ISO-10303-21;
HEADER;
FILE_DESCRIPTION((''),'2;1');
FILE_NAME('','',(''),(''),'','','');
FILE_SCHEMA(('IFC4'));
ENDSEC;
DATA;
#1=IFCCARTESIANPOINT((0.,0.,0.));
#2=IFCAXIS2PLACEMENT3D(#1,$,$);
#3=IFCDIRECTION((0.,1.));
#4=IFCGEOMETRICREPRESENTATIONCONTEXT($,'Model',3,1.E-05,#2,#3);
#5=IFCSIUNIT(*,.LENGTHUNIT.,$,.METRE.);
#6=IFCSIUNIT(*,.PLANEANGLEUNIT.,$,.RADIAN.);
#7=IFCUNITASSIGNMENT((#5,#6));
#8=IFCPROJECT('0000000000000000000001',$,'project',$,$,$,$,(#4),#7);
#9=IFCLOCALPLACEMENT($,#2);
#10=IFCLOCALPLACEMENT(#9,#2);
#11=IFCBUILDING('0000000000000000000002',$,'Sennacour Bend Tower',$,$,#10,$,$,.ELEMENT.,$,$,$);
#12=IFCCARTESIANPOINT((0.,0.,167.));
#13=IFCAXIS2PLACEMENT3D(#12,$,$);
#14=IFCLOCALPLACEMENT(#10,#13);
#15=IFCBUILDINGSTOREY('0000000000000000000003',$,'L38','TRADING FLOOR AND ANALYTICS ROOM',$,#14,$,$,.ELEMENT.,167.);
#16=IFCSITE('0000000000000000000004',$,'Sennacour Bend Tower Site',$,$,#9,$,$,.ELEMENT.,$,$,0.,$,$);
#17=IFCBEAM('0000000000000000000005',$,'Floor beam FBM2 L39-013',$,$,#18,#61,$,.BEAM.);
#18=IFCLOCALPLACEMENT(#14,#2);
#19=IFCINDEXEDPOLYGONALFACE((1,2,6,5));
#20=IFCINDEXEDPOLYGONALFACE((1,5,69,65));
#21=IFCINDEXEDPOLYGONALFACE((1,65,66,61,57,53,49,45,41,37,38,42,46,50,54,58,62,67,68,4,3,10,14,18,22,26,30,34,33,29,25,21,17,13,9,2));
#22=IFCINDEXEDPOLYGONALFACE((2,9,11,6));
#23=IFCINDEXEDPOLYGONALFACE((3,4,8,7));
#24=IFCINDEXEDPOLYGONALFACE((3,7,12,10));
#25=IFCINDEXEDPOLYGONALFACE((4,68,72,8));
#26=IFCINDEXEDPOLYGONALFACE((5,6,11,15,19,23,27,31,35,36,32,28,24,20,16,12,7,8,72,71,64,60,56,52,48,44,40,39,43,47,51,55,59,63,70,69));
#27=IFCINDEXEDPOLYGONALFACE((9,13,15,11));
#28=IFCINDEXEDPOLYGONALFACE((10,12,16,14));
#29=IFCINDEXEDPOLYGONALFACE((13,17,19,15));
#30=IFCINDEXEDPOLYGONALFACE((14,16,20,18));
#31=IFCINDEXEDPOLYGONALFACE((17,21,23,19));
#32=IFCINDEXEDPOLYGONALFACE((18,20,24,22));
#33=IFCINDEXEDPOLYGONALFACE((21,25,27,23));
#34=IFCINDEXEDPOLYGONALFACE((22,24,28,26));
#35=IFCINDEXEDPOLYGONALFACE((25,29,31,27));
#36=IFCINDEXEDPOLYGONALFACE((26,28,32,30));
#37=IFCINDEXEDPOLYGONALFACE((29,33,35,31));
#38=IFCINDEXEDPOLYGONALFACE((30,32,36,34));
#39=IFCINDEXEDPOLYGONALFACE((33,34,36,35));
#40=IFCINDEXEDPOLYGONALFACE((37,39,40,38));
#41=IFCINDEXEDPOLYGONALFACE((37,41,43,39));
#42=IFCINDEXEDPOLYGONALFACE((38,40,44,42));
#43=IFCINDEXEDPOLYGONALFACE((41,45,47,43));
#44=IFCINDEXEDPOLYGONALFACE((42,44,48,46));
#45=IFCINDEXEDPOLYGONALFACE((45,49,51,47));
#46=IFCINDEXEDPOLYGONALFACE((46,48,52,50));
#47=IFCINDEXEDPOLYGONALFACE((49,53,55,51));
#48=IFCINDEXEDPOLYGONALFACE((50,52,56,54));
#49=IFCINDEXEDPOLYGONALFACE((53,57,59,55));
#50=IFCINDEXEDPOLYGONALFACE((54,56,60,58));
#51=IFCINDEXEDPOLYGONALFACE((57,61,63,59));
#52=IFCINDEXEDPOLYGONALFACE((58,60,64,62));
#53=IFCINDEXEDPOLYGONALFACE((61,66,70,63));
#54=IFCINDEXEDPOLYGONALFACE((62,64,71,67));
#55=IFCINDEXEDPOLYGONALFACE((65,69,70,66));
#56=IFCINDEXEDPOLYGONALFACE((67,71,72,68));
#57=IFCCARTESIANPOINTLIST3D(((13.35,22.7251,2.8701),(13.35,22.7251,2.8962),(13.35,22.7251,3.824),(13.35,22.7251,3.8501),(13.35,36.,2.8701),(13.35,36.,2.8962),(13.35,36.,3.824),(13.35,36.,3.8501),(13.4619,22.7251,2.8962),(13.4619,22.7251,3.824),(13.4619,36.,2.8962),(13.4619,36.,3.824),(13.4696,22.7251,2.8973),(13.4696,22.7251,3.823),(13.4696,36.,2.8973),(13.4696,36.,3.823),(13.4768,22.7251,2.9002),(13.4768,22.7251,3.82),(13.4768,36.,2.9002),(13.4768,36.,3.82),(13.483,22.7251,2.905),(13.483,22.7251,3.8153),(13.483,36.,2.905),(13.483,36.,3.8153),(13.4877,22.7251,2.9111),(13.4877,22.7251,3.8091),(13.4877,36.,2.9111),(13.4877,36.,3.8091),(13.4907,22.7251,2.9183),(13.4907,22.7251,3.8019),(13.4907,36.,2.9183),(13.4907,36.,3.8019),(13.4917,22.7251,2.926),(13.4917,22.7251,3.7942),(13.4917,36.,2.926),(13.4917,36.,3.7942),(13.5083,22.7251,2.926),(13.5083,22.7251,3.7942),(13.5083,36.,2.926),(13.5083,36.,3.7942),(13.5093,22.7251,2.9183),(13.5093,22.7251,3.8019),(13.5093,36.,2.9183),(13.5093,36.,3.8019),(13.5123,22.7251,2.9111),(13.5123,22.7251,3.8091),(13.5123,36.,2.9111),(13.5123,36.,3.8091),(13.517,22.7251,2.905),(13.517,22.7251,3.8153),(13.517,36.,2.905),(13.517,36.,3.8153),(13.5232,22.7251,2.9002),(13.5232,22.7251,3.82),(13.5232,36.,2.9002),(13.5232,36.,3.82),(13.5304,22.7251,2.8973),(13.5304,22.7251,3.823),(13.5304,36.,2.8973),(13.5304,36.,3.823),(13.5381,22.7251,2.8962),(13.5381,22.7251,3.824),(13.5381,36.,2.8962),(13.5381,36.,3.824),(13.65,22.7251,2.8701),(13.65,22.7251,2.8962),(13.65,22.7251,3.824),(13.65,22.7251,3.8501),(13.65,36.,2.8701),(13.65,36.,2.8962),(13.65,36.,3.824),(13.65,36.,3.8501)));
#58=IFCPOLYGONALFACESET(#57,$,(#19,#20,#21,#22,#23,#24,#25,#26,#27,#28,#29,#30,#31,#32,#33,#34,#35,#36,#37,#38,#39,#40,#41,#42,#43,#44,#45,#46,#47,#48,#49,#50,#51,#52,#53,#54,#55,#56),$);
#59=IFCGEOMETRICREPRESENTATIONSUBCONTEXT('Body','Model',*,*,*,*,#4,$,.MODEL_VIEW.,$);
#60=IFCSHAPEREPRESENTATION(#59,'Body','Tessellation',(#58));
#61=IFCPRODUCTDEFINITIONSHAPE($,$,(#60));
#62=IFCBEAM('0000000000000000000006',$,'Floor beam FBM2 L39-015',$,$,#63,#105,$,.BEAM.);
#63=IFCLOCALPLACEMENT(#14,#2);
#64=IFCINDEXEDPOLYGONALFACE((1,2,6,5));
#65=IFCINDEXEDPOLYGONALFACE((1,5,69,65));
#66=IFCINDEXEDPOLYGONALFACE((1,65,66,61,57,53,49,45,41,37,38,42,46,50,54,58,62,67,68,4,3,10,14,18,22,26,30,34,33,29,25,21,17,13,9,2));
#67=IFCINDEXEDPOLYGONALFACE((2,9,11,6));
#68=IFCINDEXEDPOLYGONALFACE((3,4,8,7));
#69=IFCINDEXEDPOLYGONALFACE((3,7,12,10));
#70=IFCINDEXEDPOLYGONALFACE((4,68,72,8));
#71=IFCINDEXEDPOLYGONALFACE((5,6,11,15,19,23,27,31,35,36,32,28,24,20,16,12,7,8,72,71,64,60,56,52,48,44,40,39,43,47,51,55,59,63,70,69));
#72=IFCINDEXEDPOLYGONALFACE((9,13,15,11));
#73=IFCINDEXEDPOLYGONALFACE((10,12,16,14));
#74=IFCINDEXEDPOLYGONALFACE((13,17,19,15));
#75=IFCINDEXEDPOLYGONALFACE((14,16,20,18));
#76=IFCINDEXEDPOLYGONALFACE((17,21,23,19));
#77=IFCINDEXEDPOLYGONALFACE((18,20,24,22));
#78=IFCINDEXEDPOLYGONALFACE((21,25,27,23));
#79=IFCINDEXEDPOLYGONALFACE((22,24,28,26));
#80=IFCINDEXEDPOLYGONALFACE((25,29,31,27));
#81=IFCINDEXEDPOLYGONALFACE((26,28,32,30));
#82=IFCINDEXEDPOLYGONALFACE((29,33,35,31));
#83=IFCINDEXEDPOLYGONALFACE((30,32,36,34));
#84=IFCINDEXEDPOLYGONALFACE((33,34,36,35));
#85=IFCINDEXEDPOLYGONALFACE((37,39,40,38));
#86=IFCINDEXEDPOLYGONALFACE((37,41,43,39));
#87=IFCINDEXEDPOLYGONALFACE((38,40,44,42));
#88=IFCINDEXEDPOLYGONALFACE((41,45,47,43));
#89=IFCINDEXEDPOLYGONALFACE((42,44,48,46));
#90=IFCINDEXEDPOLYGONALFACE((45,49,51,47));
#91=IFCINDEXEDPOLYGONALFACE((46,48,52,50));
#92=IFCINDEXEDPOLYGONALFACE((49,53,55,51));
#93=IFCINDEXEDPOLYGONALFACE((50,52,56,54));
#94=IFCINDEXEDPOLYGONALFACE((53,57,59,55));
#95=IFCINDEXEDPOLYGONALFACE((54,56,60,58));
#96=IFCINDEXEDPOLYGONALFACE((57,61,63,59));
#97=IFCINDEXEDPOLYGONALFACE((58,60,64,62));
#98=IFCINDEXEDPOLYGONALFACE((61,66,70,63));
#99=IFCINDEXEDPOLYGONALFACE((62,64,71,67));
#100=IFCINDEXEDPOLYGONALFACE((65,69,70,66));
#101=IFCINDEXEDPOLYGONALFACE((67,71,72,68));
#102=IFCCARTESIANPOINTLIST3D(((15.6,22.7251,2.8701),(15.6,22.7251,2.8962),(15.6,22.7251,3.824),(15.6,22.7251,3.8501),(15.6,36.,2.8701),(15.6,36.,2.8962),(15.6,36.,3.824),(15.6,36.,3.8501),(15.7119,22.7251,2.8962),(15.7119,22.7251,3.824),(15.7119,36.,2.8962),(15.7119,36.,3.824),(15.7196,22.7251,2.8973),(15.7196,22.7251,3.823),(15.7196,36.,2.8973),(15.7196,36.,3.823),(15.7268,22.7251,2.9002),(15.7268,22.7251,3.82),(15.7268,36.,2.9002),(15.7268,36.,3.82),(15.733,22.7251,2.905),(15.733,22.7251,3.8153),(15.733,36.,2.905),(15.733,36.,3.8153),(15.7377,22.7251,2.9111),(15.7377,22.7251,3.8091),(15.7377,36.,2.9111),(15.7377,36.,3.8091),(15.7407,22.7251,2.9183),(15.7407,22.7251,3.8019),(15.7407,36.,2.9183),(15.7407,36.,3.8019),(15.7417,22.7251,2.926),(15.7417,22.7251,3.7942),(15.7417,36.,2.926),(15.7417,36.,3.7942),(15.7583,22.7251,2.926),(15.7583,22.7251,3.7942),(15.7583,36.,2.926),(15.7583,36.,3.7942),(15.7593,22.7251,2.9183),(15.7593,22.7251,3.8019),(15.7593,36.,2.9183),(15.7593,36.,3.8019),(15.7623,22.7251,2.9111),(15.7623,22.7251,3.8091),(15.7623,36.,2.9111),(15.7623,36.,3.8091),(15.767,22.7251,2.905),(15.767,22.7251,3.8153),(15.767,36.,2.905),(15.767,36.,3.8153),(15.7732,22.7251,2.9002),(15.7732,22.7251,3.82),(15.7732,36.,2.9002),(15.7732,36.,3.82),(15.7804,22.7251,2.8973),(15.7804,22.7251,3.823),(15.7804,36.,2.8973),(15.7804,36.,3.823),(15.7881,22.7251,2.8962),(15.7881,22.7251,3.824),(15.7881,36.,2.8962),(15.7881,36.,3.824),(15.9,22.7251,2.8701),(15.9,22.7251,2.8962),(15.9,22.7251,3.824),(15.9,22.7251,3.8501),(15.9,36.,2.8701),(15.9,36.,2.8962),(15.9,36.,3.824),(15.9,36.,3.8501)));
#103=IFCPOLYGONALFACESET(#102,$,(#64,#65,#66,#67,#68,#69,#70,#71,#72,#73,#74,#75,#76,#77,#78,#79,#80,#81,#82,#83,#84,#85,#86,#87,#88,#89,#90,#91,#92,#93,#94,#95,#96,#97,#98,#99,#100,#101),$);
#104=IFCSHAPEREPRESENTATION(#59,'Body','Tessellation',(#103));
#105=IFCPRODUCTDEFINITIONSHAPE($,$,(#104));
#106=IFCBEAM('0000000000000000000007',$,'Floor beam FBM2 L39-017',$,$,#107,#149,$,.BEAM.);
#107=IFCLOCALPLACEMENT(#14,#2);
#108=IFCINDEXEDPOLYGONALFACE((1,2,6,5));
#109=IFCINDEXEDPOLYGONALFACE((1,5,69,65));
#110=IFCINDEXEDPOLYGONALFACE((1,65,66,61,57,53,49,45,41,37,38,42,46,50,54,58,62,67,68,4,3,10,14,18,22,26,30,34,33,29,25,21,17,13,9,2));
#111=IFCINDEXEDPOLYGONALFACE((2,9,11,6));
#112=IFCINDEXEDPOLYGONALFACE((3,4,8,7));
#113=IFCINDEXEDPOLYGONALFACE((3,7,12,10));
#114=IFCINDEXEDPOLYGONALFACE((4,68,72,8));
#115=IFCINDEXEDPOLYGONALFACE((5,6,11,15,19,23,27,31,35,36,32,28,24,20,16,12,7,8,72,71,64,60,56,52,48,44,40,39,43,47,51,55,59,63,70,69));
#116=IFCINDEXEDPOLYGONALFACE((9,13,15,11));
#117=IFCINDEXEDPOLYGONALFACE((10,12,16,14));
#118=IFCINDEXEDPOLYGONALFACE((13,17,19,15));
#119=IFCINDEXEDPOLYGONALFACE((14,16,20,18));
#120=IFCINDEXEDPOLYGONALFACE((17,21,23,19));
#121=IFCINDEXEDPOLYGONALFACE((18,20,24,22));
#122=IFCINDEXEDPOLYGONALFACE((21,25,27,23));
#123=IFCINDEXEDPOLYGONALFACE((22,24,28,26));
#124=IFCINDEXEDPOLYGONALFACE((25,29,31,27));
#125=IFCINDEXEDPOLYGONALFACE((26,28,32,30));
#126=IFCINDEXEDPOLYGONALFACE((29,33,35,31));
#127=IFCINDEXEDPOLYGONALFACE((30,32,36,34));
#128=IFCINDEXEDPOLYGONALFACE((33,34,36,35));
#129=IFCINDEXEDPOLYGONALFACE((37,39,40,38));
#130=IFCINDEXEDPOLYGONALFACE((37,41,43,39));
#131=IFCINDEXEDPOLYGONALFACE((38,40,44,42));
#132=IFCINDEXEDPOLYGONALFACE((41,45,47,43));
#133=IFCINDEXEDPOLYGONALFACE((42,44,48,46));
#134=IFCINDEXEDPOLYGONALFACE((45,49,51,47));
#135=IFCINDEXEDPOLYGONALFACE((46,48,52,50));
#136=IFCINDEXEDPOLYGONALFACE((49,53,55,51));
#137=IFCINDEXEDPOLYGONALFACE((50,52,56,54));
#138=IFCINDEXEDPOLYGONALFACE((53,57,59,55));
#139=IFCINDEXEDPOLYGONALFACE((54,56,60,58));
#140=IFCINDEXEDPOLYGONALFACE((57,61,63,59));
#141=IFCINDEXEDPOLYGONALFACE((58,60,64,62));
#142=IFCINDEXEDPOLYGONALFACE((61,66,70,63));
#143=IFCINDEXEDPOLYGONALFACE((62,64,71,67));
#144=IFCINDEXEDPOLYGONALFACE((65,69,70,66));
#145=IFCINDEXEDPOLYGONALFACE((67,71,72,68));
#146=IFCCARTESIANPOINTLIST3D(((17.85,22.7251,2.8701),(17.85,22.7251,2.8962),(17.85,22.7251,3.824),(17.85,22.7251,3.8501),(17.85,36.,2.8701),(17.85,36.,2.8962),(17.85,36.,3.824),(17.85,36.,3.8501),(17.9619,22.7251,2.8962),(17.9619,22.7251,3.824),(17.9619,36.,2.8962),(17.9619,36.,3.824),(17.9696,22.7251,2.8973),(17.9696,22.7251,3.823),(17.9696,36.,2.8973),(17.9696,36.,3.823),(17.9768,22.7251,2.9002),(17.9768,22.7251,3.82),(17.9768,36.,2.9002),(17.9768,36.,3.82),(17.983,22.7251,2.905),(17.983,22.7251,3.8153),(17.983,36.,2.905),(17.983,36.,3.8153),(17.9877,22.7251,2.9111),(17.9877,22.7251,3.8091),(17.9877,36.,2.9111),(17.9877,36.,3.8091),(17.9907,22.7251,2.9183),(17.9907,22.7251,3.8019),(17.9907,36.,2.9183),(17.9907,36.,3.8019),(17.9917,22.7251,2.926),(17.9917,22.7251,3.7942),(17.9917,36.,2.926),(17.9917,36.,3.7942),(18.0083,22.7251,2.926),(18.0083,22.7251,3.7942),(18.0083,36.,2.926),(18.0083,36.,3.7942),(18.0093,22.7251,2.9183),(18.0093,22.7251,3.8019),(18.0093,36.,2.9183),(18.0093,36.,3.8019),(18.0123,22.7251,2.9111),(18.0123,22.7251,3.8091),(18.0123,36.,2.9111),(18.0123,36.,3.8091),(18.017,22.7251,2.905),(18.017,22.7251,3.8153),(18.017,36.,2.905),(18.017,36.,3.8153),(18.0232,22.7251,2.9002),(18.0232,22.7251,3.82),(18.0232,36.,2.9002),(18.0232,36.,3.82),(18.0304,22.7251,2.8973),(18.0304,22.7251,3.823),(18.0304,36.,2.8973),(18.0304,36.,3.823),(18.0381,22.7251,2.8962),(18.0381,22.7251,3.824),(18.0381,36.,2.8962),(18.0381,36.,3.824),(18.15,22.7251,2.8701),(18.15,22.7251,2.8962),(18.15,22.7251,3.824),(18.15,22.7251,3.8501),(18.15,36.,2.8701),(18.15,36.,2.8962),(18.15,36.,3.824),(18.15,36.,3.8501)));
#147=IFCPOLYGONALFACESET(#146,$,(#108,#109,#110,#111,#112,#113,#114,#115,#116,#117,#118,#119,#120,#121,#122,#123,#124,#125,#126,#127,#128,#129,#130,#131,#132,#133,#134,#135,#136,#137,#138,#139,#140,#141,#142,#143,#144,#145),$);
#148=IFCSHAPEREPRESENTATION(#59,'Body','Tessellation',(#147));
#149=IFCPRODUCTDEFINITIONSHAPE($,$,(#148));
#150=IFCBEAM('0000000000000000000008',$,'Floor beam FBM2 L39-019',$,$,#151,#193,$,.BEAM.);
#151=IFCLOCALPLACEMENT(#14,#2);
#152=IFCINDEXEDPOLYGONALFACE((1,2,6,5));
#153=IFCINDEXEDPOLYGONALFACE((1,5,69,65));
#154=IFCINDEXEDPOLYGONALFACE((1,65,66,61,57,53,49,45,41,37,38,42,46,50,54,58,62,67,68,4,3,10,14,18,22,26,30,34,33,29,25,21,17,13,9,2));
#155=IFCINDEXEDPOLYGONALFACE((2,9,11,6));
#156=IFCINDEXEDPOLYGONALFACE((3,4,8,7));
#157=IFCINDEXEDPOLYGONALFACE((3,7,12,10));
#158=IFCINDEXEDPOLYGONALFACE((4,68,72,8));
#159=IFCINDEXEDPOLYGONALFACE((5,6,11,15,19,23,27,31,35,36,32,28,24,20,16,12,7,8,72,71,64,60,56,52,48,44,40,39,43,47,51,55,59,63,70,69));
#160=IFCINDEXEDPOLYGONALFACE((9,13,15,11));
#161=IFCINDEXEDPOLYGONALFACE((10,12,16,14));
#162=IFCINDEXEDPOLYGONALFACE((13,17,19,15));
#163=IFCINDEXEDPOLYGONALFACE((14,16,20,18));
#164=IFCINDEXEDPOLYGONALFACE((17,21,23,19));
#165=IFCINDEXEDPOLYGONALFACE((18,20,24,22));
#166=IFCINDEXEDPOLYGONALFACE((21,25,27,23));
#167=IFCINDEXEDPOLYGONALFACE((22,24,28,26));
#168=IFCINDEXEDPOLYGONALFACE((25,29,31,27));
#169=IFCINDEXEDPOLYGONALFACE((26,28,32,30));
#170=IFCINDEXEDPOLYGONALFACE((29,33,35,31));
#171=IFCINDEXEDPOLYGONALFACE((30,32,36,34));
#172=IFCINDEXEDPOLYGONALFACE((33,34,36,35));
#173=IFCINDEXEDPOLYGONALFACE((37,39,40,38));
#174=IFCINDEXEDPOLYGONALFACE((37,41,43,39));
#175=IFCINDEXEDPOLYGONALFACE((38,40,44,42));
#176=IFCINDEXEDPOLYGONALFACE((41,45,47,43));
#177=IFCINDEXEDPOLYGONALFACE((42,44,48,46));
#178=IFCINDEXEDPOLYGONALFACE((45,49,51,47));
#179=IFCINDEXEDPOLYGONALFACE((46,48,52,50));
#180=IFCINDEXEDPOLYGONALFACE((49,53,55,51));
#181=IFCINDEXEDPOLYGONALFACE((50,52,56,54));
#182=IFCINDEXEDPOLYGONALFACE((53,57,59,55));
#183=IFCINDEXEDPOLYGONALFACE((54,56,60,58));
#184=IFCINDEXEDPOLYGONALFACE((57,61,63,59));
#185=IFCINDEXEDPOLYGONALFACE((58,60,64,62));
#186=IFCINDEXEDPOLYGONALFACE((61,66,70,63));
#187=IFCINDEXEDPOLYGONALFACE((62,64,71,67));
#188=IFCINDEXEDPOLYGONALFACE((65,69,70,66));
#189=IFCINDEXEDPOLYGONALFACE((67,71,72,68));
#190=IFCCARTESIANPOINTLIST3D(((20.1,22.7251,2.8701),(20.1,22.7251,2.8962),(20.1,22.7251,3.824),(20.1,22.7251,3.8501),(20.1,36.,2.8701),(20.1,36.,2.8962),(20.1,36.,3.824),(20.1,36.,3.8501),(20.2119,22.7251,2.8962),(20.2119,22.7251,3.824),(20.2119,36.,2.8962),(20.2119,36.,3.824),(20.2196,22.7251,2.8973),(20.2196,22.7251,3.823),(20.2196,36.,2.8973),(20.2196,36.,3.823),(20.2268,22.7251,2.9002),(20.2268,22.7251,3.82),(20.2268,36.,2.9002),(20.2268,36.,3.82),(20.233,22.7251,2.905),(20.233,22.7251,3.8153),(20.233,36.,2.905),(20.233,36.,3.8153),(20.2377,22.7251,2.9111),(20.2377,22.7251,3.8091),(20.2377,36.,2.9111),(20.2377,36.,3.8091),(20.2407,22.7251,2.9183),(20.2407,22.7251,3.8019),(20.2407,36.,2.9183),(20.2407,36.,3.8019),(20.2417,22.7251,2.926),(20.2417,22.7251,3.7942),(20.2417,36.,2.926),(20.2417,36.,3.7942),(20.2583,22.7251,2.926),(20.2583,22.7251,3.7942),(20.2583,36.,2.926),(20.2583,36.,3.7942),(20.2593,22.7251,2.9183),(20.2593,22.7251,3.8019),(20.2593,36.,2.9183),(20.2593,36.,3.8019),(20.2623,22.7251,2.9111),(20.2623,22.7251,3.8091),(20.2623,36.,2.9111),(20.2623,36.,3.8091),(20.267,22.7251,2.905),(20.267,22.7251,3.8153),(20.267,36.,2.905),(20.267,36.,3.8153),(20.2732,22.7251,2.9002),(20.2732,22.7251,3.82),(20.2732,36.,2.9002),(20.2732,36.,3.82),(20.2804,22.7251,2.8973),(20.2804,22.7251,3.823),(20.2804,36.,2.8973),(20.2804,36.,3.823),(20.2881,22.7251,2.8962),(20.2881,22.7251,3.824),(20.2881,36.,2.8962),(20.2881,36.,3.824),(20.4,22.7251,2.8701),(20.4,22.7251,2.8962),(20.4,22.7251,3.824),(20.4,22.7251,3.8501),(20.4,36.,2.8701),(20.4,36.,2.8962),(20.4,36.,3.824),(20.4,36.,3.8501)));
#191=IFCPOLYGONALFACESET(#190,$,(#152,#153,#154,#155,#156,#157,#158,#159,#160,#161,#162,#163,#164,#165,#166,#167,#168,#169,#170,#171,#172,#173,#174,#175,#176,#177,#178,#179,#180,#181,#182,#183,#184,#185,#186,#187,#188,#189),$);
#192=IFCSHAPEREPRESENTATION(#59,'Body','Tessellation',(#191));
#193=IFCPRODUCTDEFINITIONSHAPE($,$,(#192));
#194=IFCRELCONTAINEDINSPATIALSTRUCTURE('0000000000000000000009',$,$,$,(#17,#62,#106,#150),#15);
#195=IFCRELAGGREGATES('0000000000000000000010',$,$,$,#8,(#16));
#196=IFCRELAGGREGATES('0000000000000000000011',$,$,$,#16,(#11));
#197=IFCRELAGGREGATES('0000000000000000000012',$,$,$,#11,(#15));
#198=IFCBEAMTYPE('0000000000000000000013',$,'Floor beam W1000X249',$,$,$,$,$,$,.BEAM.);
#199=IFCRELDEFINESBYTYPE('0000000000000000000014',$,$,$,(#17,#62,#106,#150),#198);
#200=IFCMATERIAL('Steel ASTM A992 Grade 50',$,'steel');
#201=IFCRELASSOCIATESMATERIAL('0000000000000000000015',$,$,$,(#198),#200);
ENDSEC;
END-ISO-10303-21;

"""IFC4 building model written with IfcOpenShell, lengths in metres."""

from ifc_helpers import new_model, si_unit, direction, frame, origin, origin_2d, place, context, subcontext, project, spatial, i_section, extrude, material, material_profile, profile_set, type_object, element, save


model = new_model("IFC4")

# Units and contexts
model_context = context("Model", 3, precision=1e-05, world=origin(), true_north=direction((0.0, 1.0)))
body_context = subcontext(model_context, "Body", "Model", "MODEL_VIEW")
ifc_project = project(units=[si_unit("LENGTHUNIT", "METRE"), si_unit("PLANEANGLEUNIT", "RADIAN")], contexts=[model_context])

# Site, building, storey
site_placement = place(None, origin())
site = spatial("IfcSite", under=ifc_project, at=site_placement, Name="Sennacour Bend Tower Site", CompositionType="ELEMENT", RefElevation=0.0)
building_placement = place(site_placement, origin())
building = spatial("IfcBuilding", under=site, at=building_placement, Name="Sennacour Bend Tower", CompositionType="ELEMENT")
storey_placement = place(building_placement, frame((0.0, 0.0, 167.0)))
storey = spatial("IfcBuildingStorey", under=building, at=storey_placement, Name="L38", Description="TRADING FLOOR AND ANALYTICS ROOM", CompositionType="ELEMENT", Elevation=167.0)

# Beams
ifc_material_1 = material(Name="Steel ASTM A992 Grade 50", Category="steel")
ifc_material_profile_1 = material_profile(ifc_material_1, i_section(OverallWidth=0.3, OverallDepth=0.98, WebThickness=0.0166, FlangeThickness=0.0261, FilletRadius=0.0298, at=origin_2d()), Name="Steel ASTM A992 Grade 50", Category="steel")
ifc_profile_set_1 = profile_set([ifc_material_profile_1], Name="Steel ASTM A992 Grade 50")
beam_type_1 = type_object("IfcBeamType", Name="Floor beam W1000X249", PredefinedType="BEAM", material=ifc_profile_set_1)
for number, where, z_axis, x_axis, name in (
    (1, (13.5, 22.7251, 3.3601), (0.0, 1.0, 0.0), (-1.0, 0.0, 0.0), "Floor beam FBM2 L39-013"),
    (2, (15.75, 22.7251, 3.3601), (0.0, 1.0, 0.0), (-1.0, 0.0, 0.0), "Floor beam FBM2 L39-015"),
    (3, (18.0, 22.7251, 3.3601), (0.0, 1.0, 0.0), (-1.0, 0.0, 0.0), "Floor beam FBM2 L39-017"),
    (4, (20.25, 22.7251, 3.3601), (0.0, 1.0, 0.0), (-1.0, 0.0, 0.0), "Floor beam FBM2 L39-019"),
):
    element("IfcBeam", number, at=place(storey_placement, frame(where, z_axis=z_axis, x_axis=x_axis)), inside=storey, type_object=beam_type_1, Name=name, PredefinedType="BEAM", context=body_context, shape_type="SweptSolid", body=[
        extrude(i_section(OverallWidth=0.3, OverallDepth=0.98, WebThickness=0.0166, FlangeThickness=0.0261, FilletRadius=0.0298, at=origin_2d()), origin(), (0.0, 0.0, 1.0), 13.2749),
    ])

save(model, "model.ifc")
